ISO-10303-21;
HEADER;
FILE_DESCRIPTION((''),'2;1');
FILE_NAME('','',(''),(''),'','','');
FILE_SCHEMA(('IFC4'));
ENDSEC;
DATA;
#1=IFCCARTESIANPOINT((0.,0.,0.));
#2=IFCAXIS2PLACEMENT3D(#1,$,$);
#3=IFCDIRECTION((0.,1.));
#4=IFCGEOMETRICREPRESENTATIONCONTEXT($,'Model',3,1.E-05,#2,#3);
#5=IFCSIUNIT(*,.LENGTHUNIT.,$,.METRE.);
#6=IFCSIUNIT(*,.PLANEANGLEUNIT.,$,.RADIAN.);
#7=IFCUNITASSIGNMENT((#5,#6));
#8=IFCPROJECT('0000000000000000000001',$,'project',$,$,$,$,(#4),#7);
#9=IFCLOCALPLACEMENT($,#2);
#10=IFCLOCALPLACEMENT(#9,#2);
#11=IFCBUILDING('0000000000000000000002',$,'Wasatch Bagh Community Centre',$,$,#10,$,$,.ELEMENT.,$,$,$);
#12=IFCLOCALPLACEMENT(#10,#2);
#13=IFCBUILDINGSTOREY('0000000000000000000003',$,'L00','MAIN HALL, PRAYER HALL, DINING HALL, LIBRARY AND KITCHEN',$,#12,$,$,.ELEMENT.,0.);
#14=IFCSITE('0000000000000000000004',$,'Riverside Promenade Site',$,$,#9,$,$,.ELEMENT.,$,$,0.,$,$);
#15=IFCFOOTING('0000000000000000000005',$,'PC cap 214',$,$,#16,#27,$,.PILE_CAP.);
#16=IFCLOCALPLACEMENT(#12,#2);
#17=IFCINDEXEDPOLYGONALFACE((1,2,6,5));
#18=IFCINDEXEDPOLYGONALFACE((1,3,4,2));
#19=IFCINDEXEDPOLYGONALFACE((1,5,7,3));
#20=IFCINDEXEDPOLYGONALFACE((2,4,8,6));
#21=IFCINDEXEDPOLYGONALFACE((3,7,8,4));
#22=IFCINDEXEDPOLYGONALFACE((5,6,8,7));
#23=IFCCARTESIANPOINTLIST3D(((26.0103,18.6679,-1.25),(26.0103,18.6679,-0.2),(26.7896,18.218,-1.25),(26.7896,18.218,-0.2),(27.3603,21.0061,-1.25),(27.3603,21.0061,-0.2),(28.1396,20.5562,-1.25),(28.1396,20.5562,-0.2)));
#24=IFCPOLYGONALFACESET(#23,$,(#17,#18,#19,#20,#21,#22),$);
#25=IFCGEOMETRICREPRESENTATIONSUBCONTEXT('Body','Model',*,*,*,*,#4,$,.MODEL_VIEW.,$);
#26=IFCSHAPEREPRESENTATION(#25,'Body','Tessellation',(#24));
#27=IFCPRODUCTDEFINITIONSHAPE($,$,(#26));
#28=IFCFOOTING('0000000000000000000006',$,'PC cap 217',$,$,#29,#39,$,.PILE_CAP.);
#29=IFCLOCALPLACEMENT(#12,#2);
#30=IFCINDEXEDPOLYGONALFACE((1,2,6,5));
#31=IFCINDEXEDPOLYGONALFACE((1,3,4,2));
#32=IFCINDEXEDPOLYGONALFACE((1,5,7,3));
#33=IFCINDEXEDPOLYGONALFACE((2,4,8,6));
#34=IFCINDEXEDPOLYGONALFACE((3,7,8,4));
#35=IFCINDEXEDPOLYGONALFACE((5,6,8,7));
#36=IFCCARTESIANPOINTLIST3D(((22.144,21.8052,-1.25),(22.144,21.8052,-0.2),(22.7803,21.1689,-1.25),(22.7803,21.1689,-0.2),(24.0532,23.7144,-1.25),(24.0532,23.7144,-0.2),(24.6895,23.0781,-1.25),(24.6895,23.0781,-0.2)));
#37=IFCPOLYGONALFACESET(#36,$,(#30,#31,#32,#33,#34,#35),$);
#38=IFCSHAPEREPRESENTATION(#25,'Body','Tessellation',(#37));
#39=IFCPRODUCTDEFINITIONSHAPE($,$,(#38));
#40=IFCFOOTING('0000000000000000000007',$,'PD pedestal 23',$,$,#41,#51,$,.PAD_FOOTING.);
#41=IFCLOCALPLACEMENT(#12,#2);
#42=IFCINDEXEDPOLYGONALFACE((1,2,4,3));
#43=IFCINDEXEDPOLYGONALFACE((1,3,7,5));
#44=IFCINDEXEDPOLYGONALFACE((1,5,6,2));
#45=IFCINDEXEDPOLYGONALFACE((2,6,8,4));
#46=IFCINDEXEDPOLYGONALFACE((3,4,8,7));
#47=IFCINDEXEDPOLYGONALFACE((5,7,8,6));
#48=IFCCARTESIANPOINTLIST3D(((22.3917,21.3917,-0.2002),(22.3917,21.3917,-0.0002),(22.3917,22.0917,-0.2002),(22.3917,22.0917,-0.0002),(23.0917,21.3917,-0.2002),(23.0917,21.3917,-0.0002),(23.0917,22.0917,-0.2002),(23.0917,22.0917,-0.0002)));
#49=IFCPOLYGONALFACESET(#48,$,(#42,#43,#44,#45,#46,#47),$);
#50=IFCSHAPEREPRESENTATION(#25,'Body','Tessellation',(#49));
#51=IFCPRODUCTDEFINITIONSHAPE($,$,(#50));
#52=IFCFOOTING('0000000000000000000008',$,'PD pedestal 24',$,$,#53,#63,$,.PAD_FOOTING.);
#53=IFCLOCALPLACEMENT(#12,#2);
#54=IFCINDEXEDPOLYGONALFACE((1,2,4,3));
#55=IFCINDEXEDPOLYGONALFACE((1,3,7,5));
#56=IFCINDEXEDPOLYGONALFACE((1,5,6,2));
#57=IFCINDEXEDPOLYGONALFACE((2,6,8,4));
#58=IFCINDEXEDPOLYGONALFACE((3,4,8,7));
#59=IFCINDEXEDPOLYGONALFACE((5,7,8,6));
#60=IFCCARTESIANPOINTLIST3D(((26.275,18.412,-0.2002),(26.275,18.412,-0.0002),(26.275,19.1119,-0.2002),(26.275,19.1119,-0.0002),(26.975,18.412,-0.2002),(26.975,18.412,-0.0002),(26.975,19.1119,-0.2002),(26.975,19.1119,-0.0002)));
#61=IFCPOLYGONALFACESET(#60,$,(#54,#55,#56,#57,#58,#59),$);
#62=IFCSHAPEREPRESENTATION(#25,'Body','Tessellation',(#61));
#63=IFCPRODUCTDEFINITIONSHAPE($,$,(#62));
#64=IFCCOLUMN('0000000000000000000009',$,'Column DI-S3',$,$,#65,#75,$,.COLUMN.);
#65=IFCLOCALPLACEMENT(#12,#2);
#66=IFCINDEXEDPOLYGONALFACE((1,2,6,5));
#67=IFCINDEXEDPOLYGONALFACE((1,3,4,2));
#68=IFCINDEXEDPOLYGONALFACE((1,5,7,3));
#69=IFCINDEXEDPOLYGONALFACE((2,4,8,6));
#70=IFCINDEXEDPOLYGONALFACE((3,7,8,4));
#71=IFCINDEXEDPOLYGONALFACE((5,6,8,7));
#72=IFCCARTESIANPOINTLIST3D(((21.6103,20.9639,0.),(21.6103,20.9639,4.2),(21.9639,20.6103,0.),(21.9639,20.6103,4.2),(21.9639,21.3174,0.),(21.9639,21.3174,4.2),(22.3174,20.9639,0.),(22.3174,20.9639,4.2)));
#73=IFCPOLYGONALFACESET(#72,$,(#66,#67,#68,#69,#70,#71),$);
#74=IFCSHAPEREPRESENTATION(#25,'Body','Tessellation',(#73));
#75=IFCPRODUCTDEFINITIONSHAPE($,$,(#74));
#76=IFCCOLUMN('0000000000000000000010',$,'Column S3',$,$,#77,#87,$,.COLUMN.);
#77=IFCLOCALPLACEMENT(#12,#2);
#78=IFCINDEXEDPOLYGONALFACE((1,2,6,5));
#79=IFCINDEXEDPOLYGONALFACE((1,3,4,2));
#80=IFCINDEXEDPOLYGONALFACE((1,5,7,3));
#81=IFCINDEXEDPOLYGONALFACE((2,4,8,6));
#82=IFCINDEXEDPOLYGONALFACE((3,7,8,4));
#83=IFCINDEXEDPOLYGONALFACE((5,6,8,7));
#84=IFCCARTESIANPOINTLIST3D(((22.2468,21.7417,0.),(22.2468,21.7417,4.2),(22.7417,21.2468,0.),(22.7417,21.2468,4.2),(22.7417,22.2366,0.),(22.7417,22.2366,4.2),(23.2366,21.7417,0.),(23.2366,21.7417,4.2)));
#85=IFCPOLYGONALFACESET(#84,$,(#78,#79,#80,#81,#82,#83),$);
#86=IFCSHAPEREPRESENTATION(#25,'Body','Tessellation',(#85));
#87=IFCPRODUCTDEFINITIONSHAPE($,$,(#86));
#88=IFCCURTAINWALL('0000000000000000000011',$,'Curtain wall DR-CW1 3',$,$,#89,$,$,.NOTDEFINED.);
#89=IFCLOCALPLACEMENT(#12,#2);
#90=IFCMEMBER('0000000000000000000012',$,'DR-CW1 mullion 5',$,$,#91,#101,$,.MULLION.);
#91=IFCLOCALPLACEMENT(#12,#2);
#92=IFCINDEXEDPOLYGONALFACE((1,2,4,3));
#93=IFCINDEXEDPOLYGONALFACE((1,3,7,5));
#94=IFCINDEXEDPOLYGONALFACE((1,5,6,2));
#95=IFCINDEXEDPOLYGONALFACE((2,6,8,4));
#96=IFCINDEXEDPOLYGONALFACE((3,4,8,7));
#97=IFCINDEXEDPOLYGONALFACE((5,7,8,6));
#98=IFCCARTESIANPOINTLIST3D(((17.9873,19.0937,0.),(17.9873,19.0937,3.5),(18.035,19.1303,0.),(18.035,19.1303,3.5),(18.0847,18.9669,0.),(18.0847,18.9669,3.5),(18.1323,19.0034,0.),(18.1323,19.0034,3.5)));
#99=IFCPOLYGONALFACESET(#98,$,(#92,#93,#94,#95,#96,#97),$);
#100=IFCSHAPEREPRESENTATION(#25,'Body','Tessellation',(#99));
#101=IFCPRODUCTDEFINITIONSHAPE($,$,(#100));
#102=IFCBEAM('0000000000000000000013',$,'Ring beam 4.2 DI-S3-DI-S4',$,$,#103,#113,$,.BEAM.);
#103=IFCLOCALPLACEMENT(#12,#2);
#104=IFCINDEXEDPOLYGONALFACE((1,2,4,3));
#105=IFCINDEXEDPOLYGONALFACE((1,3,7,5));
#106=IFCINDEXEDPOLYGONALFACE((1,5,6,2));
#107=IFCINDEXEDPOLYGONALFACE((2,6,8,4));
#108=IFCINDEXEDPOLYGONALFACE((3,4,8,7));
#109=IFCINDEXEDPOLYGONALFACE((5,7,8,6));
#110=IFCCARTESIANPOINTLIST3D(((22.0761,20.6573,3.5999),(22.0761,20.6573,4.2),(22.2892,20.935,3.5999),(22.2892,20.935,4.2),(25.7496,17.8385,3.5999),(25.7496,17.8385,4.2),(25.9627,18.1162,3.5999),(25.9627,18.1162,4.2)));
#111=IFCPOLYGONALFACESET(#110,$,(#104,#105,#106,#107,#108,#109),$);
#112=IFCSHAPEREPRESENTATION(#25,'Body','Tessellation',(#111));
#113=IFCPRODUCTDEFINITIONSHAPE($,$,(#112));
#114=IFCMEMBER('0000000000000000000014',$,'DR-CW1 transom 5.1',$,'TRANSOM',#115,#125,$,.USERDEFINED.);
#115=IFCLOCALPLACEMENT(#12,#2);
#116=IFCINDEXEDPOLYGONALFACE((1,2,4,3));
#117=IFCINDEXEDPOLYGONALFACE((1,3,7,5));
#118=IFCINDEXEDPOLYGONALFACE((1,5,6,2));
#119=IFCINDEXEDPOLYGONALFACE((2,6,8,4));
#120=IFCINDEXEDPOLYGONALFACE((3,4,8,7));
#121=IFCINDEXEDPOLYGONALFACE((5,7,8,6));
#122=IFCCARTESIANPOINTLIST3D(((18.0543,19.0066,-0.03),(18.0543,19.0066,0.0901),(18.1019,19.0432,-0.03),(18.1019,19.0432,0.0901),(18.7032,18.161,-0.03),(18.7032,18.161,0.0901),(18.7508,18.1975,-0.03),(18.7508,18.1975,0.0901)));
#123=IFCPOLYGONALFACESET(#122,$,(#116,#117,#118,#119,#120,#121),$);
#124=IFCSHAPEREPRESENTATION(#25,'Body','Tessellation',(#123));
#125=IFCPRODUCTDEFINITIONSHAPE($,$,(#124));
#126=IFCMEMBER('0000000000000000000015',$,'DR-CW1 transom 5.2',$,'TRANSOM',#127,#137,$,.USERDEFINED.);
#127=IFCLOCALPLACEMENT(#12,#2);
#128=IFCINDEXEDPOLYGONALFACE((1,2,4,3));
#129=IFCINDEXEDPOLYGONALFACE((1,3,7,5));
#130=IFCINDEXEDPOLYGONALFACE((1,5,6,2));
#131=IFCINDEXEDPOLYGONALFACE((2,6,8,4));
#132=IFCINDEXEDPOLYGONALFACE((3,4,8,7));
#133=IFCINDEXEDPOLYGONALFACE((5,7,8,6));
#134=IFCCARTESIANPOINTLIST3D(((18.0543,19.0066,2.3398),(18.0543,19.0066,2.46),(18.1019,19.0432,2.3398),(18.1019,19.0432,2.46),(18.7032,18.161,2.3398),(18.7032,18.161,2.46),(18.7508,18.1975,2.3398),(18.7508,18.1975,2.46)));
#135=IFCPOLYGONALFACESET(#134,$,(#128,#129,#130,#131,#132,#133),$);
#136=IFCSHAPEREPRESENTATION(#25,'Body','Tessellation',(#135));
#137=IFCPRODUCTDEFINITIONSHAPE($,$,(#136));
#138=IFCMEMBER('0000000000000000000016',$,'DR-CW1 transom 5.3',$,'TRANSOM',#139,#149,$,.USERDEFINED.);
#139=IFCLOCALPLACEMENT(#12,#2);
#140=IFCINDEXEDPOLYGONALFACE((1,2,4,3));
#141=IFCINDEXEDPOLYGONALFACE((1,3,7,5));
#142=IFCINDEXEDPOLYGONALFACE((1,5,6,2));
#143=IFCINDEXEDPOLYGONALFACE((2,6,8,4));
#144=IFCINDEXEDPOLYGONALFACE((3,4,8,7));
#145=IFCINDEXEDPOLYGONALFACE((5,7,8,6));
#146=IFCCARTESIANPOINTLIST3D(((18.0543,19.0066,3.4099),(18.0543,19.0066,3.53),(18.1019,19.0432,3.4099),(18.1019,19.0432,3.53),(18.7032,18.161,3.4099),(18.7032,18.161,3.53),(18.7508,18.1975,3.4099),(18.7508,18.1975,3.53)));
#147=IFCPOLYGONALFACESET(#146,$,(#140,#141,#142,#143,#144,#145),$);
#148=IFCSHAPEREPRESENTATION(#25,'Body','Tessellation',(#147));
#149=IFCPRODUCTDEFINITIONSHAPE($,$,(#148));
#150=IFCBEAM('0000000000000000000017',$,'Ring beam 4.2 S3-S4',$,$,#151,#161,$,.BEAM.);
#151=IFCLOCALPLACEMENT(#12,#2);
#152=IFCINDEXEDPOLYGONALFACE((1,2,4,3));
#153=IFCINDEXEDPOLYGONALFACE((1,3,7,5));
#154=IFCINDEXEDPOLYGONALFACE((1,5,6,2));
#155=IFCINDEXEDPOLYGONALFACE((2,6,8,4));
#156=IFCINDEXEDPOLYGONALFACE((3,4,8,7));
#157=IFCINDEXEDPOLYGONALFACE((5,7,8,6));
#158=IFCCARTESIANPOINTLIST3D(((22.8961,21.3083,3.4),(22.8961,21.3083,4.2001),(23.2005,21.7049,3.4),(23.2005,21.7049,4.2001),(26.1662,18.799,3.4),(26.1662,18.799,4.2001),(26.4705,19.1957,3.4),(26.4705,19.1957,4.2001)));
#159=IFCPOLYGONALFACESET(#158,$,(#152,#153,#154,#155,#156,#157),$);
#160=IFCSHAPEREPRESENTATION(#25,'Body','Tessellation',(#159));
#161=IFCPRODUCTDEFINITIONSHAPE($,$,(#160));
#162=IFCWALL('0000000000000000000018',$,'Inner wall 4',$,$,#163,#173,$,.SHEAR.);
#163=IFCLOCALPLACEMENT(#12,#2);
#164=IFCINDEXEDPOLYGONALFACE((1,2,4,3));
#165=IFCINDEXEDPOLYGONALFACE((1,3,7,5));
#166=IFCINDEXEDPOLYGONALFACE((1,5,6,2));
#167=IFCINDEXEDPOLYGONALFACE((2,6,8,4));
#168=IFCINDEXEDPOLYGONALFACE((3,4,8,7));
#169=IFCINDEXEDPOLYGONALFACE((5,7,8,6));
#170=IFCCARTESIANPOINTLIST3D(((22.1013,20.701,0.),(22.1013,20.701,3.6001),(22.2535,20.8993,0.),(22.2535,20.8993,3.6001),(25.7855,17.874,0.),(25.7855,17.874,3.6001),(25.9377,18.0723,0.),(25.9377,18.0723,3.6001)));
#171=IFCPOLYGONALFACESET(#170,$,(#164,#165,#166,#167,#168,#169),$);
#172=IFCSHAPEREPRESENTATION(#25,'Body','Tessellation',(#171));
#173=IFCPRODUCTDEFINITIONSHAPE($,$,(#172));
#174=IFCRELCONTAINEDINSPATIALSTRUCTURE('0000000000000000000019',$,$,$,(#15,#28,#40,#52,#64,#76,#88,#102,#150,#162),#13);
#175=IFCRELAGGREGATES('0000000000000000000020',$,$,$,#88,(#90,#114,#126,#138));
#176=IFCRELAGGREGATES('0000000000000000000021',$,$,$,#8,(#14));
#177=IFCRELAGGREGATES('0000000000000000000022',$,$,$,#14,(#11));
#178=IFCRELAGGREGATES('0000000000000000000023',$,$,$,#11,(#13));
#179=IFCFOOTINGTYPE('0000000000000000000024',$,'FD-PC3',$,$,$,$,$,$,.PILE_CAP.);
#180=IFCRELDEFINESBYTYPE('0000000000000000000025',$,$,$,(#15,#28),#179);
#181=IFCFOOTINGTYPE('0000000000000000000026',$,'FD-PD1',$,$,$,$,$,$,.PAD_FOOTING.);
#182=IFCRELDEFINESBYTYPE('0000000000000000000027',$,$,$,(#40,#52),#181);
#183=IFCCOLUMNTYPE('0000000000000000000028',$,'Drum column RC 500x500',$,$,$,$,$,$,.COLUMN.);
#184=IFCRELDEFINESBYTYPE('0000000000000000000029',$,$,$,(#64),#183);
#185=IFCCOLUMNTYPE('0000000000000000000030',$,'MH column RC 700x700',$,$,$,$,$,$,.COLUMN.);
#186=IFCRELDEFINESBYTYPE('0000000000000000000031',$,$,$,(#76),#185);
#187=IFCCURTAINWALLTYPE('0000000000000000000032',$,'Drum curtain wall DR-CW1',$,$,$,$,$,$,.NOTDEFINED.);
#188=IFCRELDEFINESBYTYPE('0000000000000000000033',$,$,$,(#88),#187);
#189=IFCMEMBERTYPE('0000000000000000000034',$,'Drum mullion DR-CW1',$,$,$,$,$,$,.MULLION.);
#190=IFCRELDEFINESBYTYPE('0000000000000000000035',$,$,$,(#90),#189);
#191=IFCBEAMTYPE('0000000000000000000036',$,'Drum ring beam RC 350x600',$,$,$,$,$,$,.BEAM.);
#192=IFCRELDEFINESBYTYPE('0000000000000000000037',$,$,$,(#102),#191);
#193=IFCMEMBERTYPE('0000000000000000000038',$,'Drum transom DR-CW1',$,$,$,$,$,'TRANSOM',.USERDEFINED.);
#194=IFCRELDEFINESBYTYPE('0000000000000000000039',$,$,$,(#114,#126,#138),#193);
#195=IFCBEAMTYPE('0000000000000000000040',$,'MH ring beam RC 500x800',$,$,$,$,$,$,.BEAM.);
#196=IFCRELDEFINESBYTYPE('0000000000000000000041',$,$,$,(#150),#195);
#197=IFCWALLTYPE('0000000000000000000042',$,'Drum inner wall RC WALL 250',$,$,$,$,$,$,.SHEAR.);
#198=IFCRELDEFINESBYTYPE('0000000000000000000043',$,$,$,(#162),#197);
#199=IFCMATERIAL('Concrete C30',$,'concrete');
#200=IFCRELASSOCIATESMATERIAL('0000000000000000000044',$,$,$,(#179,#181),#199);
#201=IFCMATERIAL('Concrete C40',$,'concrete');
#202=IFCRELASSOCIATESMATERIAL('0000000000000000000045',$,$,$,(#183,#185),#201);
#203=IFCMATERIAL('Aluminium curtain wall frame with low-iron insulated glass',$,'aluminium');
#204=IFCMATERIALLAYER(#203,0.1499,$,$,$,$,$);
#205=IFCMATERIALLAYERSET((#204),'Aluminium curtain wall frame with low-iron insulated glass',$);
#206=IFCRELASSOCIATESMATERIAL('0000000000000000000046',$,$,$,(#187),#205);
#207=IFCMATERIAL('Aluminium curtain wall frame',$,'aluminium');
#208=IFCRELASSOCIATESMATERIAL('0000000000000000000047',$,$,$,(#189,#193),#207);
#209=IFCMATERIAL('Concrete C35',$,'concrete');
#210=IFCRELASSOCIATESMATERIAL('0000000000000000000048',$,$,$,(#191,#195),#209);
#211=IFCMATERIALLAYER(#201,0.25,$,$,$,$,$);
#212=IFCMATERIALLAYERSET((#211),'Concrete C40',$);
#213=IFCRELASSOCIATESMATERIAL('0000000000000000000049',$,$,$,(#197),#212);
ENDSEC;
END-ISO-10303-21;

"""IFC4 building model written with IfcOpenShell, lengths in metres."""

from ifc_helpers import new_model, si_unit, direction, frame, frame_2d, origin, origin_2d, place, context, subcontext, project, spatial, rectangle, extrude, material, layer, layer_set, material_profile, profile_set, type_object, element, aggregate, save


model = new_model("IFC4")

# Units and contexts
model_context = context("Model", 3, precision=1e-05, world=origin(), true_north=direction((0.0, 1.0)))
body_context = subcontext(model_context, "Body", "Model", "MODEL_VIEW")
ifc_project = project(units=[si_unit("LENGTHUNIT", "METRE"), si_unit("PLANEANGLEUNIT", "RADIAN")], contexts=[model_context])

# Site, building, storey
site_placement = place(None, origin())
site = spatial("IfcSite", under=ifc_project, at=site_placement, Name="Riverside Promenade Site", CompositionType="ELEMENT", RefElevation=0.0)
building_placement = place(site_placement, origin())
building = spatial("IfcBuilding", under=site, at=building_placement, Name="Wasatch Bagh Community Centre", CompositionType="ELEMENT")
storey_placement = place(building_placement, origin())
storey = spatial("IfcBuildingStorey", under=building, at=storey_placement, Name="L00", Description="MAIN HALL, PRAYER HALL, DINING HALL, LIBRARY AND KITCHEN", CompositionType="ELEMENT", Elevation=0.0)

# Shared definitions
ifc_material_1 = material(Name="Concrete C35", Category="concrete")

# Shared definitions
ifc_material_2 = material(Name="Concrete C30", Category="concrete")

# Footings
footing_type_1 = type_object("IfcFootingType", Name="FD-PC3", PredefinedType="PILE_CAP", material=ifc_material_2)
for number, where, z_axis, x_axis, name in (
    (1, (27.075, 19.6121, -1.25), (0.0, 0.0, 1.0), (0.5, 0.866025, 0.0), "PC cap 214"),
    (2, (23.4167, 22.4417, -1.25), (0.0, 0.0, 1.0), (0.707107, 0.707107, 0.0), "PC cap 217"),
):
    element("IfcFooting", number, at=place(storey_placement, frame(where, z_axis=z_axis, x_axis=x_axis)), inside=storey, type_object=footing_type_1, Name=name, PredefinedType="PILE_CAP", context=body_context, shape_type="SweptSolid", body=[
        extrude(rectangle(XDim=2.7, YDim=0.8999, at=origin_2d()), origin(), (0.0, 0.0, 1.0), 1.05),
    ])
footing_type_2 = type_object("IfcFootingType", Name="FD-PD1", PredefinedType="PAD_FOOTING", material=ifc_material_2)
for number, where, z_axis, x_axis, name in (
    (3, (22.7417, 21.7417, -0.2002), (0.0, 0.0, 1.0), (1.0, 0.0, 0.0), "PD pedestal 23"),
    (4, (26.625, 18.762, -0.2002), (0.0, 0.0, 1.0), (1.0, 0.0, 0.0), "PD pedestal 24"),
):
    element("IfcFooting", number, at=place(storey_placement, frame(where, z_axis=z_axis, x_axis=x_axis)), inside=storey, type_object=footing_type_2, Name=name, PredefinedType="PAD_FOOTING", context=body_context, shape_type="SweptSolid", body=[
        extrude(rectangle(XDim=0.7, YDim=0.7, at=origin_2d()), origin(), (0.0, 0.0, 1.0), 0.2),
    ])

# Columns
ifc_material_3 = material(Name="Concrete C40", Category="concrete")
ifc_material_profile_1 = material_profile(ifc_material_3, rectangle(XDim=0.5, YDim=0.5, at=origin_2d()), Name="RC 500x500")
ifc_profile_set_1 = profile_set([ifc_material_profile_1], Name="Concrete C40")
column_type_1 = type_object("IfcColumnType", Name="Drum column RC 500x500", PredefinedType="COLUMN", material=ifc_profile_set_1)
column_1_placement = place(storey_placement, frame((21.9639, 20.9639, 0.0), z_axis=(0.0, 0.0, 1.0), x_axis=(0.707107, 0.707107, 0.0)))
element("IfcColumn", 5, at=column_1_placement, inside=storey, type_object=column_type_1, Name="Column DI-S3", PredefinedType="COLUMN", context=body_context, shape_type="SweptSolid", body=[
    extrude(rectangle(XDim=0.5, YDim=0.5, at=origin_2d()), origin(), (0.0, 0.0, 1.0), 4.2),
])
ifc_material_profile_2 = material_profile(ifc_material_3, rectangle(XDim=0.7, YDim=0.7, at=origin_2d()), Name="RC 700x700")
ifc_profile_set_2 = profile_set([ifc_material_profile_2], Name="Concrete C40")
column_type_2 = type_object("IfcColumnType", Name="MH column RC 700x700", PredefinedType="COLUMN", material=ifc_profile_set_2)
column_2_placement = place(storey_placement, frame((22.7417, 21.7417, 0.0), z_axis=(0.0, 0.0, 1.0), x_axis=(0.707107, 0.707107, 0.0)))
element("IfcColumn", 6, at=column_2_placement, inside=storey, type_object=column_type_2, Name="Column S3", PredefinedType="COLUMN", context=body_context, shape_type="SweptSolid", body=[
    extrude(rectangle(XDim=0.7, YDim=0.7, at=origin_2d()), origin(), (0.0, 0.0, 1.0), 4.2),
])

# Curtain wall, member
ifc_material_4 = material(Name="Aluminium curtain wall frame with low-iron insulated glass", Category="aluminium")
ifc_layer_1 = layer(ifc_material_4, 0.1499)
ifc_layer_set_1 = layer_set([ifc_layer_1], Name="Aluminium curtain wall frame with low-iron insulated glass")
curtain_wall_type = type_object("IfcCurtainWallType", Name="Drum curtain wall DR-CW1", PredefinedType="NOTDEFINED", material=ifc_layer_set_1)
curtain_wall_placement = place(storey_placement, origin())
curtain_wall = element("IfcCurtainWall", 7, at=curtain_wall_placement, inside=storey, type_object=curtain_wall_type, Name="Curtain wall DR-CW1 3", PredefinedType="NOTDEFINED")
ifc_material_5 = material(Name="Aluminium curtain wall frame", Category="aluminium")
ifc_material_profile_3 = material_profile(ifc_material_5, rectangle(XDim=0.0601, YDim=0.1599, at=origin_2d()), Name="Drum mullion DR-CW1")
ifc_profile_set_3 = profile_set([ifc_material_profile_3], Name="Aluminium curtain wall frame")
member_type_1 = type_object("IfcMemberType", Name="Drum mullion DR-CW1", PredefinedType="MULLION", material=ifc_profile_set_3)
member_1_placement = place(storey_placement, frame((18.0598, 19.0486, 0.0), z_axis=(0.0, 0.0, 1.0), x_axis=(0.793353, 0.608761, 0.0)))
member_1 = element("IfcMember", 8, at=member_1_placement, type_object=member_type_1, Name="DR-CW1 mullion 5", PredefinedType="MULLION", context=body_context, shape_type="SweptSolid", body=[
    extrude(rectangle(XDim=0.0601, YDim=0.1599, at=origin_2d()), origin(), (0.0, 0.0, 1.0), 3.5),
])

# Beam
ifc_material_profile_4 = material_profile(ifc_material_1, rectangle(XDim=0.3501, YDim=0.6001, at=origin_2d()), Name="RC 350x600")
ifc_profile_set_4 = profile_set([ifc_material_profile_4], Name="Concrete C35")
beam_type_1 = type_object("IfcBeamType", Name="Drum ring beam RC 350x600", PredefinedType="BEAM", material=ifc_profile_set_4)
beam_1_placement = place(storey_placement, frame((22.1826, 20.7961, 3.8999), z_axis=(0.793353, -0.608762, 0.0), x_axis=(0.608762, 0.793353, 0.0)))
element("IfcBeam", 9, at=beam_1_placement, inside=storey, type_object=beam_type_1, Name="Ring beam 4.2 DI-S3-DI-S4", PredefinedType="BEAM", context=body_context, shape_type="SweptSolid", body=[
    extrude(rectangle(XDim=0.3501, YDim=0.6001, at=origin_2d()), origin(), (0.0, 0.0, 1.0), 4.6304),
])

# Members
ifc_material_profile_5 = material_profile(ifc_material_5, rectangle(XDim=0.0601, YDim=0.1201, at=origin_2d()), Name="Drum transom DR-CW1")
ifc_profile_set_5 = profile_set([ifc_material_profile_5], Name="Aluminium curtain wall frame")
member_type_2 = type_object("IfcMemberType", Name="Drum transom DR-CW1", ElementType="TRANSOM", PredefinedType="USERDEFINED", material=ifc_profile_set_5)
member_2_placement = place(storey_placement, frame((18.0781, 19.0249, 0.03), z_axis=(0.608758, -0.793356, 0.0), x_axis=(0.793356, 0.608758, 0.0)))
member_2 = element("IfcMember", 10, at=member_2_placement, type_object=member_type_2, Name="DR-CW1 transom 5.1", ObjectType="TRANSOM", PredefinedType="USERDEFINED", context=body_context, shape_type="SweptSolid", body=[
    extrude(rectangle(XDim=0.0601, YDim=0.1201, at=origin_2d()), origin(), (0.0, 0.0, 1.0), 1.0659),
])
member_3_placement = place(storey_placement, frame((18.0781, 19.0249, 2.3999), z_axis=(0.608758, -0.793356, 0.0), x_axis=(0.793356, 0.608758, 0.0)))
member_3 = element("IfcMember", 11, at=member_3_placement, type_object=member_type_2, Name="DR-CW1 transom 5.2", ObjectType="TRANSOM", PredefinedType="USERDEFINED", context=body_context, shape_type="SweptSolid", body=[
    extrude(rectangle(XDim=0.0601, YDim=0.1201, at=origin_2d()), origin(), (0.0, 0.0, 1.0), 1.0659),
])
member_4_placement = place(storey_placement, frame((18.0781, 19.0249, 3.47), z_axis=(0.608758, -0.793356, 0.0), x_axis=(0.793356, 0.608758, 0.0)))
member_4 = element("IfcMember", 12, at=member_4_placement, type_object=member_type_2, Name="DR-CW1 transom 5.3", ObjectType="TRANSOM", PredefinedType="USERDEFINED", context=body_context, shape_type="SweptSolid", body=[
    extrude(rectangle(XDim=0.0601, YDim=0.1201, at=origin_2d()), origin(), (0.0, 0.0, 1.0), 1.0659),
])
aggregate(curtain_wall, [member_1, member_2, member_3, member_4])

# Beam
ifc_material_profile_6 = material_profile(ifc_material_1, rectangle(XDim=0.5, YDim=0.8, at=origin_2d()), Name="RC 500x800")
ifc_profile_set_6 = profile_set([ifc_material_profile_6], Name="Concrete C35")
beam_type_2 = type_object("IfcBeamType", Name="MH ring beam RC 500x800", PredefinedType="BEAM", material=ifc_profile_set_6)
beam_2_placement = place(storey_placement, frame((23.0483, 21.5066, 3.8), z_axis=(0.793341, -0.608777, 0.0), x_axis=(0.608777, 0.793341, 0.0)))
element("IfcBeam", 13, at=beam_2_placement, inside=storey, type_object=beam_type_2, Name="Ring beam 4.2 S3-S4", PredefinedType="BEAM", context=body_context, shape_type="SweptSolid", body=[
    extrude(rectangle(XDim=0.5, YDim=0.8, at=origin_2d()), origin(), (0.0, 0.0, 1.0), 4.1218),
])

# Wall
ifc_layer_2 = layer(ifc_material_3, 0.25)
ifc_layer_set_2 = layer_set([ifc_layer_2], Name="Concrete C40")
wall_type_1 = type_object("IfcWallType", Name="Drum inner wall RC WALL 250", PredefinedType="SHEAR", material=ifc_layer_set_2)
wall_1_placement = place(storey_placement, frame((22.1775, 20.8, 0.0), z_axis=(0.0, 0.0, 1.0), x_axis=(0.793352, -0.608763, 0.0)))
element("IfcWall", 14, at=wall_1_placement, inside=storey, type_object=wall_type_1, Name="Inner wall 4", PredefinedType="SHEAR", context=body_context, shape_type="SweptSolid", body=[
    extrude(rectangle(XDim=4.6438, YDim=0.25, at=frame_2d((2.3218, 0.0))), origin(), (0.0, 0.0, 1.0), 3.6001),
])

save(model, "model.ifc")
